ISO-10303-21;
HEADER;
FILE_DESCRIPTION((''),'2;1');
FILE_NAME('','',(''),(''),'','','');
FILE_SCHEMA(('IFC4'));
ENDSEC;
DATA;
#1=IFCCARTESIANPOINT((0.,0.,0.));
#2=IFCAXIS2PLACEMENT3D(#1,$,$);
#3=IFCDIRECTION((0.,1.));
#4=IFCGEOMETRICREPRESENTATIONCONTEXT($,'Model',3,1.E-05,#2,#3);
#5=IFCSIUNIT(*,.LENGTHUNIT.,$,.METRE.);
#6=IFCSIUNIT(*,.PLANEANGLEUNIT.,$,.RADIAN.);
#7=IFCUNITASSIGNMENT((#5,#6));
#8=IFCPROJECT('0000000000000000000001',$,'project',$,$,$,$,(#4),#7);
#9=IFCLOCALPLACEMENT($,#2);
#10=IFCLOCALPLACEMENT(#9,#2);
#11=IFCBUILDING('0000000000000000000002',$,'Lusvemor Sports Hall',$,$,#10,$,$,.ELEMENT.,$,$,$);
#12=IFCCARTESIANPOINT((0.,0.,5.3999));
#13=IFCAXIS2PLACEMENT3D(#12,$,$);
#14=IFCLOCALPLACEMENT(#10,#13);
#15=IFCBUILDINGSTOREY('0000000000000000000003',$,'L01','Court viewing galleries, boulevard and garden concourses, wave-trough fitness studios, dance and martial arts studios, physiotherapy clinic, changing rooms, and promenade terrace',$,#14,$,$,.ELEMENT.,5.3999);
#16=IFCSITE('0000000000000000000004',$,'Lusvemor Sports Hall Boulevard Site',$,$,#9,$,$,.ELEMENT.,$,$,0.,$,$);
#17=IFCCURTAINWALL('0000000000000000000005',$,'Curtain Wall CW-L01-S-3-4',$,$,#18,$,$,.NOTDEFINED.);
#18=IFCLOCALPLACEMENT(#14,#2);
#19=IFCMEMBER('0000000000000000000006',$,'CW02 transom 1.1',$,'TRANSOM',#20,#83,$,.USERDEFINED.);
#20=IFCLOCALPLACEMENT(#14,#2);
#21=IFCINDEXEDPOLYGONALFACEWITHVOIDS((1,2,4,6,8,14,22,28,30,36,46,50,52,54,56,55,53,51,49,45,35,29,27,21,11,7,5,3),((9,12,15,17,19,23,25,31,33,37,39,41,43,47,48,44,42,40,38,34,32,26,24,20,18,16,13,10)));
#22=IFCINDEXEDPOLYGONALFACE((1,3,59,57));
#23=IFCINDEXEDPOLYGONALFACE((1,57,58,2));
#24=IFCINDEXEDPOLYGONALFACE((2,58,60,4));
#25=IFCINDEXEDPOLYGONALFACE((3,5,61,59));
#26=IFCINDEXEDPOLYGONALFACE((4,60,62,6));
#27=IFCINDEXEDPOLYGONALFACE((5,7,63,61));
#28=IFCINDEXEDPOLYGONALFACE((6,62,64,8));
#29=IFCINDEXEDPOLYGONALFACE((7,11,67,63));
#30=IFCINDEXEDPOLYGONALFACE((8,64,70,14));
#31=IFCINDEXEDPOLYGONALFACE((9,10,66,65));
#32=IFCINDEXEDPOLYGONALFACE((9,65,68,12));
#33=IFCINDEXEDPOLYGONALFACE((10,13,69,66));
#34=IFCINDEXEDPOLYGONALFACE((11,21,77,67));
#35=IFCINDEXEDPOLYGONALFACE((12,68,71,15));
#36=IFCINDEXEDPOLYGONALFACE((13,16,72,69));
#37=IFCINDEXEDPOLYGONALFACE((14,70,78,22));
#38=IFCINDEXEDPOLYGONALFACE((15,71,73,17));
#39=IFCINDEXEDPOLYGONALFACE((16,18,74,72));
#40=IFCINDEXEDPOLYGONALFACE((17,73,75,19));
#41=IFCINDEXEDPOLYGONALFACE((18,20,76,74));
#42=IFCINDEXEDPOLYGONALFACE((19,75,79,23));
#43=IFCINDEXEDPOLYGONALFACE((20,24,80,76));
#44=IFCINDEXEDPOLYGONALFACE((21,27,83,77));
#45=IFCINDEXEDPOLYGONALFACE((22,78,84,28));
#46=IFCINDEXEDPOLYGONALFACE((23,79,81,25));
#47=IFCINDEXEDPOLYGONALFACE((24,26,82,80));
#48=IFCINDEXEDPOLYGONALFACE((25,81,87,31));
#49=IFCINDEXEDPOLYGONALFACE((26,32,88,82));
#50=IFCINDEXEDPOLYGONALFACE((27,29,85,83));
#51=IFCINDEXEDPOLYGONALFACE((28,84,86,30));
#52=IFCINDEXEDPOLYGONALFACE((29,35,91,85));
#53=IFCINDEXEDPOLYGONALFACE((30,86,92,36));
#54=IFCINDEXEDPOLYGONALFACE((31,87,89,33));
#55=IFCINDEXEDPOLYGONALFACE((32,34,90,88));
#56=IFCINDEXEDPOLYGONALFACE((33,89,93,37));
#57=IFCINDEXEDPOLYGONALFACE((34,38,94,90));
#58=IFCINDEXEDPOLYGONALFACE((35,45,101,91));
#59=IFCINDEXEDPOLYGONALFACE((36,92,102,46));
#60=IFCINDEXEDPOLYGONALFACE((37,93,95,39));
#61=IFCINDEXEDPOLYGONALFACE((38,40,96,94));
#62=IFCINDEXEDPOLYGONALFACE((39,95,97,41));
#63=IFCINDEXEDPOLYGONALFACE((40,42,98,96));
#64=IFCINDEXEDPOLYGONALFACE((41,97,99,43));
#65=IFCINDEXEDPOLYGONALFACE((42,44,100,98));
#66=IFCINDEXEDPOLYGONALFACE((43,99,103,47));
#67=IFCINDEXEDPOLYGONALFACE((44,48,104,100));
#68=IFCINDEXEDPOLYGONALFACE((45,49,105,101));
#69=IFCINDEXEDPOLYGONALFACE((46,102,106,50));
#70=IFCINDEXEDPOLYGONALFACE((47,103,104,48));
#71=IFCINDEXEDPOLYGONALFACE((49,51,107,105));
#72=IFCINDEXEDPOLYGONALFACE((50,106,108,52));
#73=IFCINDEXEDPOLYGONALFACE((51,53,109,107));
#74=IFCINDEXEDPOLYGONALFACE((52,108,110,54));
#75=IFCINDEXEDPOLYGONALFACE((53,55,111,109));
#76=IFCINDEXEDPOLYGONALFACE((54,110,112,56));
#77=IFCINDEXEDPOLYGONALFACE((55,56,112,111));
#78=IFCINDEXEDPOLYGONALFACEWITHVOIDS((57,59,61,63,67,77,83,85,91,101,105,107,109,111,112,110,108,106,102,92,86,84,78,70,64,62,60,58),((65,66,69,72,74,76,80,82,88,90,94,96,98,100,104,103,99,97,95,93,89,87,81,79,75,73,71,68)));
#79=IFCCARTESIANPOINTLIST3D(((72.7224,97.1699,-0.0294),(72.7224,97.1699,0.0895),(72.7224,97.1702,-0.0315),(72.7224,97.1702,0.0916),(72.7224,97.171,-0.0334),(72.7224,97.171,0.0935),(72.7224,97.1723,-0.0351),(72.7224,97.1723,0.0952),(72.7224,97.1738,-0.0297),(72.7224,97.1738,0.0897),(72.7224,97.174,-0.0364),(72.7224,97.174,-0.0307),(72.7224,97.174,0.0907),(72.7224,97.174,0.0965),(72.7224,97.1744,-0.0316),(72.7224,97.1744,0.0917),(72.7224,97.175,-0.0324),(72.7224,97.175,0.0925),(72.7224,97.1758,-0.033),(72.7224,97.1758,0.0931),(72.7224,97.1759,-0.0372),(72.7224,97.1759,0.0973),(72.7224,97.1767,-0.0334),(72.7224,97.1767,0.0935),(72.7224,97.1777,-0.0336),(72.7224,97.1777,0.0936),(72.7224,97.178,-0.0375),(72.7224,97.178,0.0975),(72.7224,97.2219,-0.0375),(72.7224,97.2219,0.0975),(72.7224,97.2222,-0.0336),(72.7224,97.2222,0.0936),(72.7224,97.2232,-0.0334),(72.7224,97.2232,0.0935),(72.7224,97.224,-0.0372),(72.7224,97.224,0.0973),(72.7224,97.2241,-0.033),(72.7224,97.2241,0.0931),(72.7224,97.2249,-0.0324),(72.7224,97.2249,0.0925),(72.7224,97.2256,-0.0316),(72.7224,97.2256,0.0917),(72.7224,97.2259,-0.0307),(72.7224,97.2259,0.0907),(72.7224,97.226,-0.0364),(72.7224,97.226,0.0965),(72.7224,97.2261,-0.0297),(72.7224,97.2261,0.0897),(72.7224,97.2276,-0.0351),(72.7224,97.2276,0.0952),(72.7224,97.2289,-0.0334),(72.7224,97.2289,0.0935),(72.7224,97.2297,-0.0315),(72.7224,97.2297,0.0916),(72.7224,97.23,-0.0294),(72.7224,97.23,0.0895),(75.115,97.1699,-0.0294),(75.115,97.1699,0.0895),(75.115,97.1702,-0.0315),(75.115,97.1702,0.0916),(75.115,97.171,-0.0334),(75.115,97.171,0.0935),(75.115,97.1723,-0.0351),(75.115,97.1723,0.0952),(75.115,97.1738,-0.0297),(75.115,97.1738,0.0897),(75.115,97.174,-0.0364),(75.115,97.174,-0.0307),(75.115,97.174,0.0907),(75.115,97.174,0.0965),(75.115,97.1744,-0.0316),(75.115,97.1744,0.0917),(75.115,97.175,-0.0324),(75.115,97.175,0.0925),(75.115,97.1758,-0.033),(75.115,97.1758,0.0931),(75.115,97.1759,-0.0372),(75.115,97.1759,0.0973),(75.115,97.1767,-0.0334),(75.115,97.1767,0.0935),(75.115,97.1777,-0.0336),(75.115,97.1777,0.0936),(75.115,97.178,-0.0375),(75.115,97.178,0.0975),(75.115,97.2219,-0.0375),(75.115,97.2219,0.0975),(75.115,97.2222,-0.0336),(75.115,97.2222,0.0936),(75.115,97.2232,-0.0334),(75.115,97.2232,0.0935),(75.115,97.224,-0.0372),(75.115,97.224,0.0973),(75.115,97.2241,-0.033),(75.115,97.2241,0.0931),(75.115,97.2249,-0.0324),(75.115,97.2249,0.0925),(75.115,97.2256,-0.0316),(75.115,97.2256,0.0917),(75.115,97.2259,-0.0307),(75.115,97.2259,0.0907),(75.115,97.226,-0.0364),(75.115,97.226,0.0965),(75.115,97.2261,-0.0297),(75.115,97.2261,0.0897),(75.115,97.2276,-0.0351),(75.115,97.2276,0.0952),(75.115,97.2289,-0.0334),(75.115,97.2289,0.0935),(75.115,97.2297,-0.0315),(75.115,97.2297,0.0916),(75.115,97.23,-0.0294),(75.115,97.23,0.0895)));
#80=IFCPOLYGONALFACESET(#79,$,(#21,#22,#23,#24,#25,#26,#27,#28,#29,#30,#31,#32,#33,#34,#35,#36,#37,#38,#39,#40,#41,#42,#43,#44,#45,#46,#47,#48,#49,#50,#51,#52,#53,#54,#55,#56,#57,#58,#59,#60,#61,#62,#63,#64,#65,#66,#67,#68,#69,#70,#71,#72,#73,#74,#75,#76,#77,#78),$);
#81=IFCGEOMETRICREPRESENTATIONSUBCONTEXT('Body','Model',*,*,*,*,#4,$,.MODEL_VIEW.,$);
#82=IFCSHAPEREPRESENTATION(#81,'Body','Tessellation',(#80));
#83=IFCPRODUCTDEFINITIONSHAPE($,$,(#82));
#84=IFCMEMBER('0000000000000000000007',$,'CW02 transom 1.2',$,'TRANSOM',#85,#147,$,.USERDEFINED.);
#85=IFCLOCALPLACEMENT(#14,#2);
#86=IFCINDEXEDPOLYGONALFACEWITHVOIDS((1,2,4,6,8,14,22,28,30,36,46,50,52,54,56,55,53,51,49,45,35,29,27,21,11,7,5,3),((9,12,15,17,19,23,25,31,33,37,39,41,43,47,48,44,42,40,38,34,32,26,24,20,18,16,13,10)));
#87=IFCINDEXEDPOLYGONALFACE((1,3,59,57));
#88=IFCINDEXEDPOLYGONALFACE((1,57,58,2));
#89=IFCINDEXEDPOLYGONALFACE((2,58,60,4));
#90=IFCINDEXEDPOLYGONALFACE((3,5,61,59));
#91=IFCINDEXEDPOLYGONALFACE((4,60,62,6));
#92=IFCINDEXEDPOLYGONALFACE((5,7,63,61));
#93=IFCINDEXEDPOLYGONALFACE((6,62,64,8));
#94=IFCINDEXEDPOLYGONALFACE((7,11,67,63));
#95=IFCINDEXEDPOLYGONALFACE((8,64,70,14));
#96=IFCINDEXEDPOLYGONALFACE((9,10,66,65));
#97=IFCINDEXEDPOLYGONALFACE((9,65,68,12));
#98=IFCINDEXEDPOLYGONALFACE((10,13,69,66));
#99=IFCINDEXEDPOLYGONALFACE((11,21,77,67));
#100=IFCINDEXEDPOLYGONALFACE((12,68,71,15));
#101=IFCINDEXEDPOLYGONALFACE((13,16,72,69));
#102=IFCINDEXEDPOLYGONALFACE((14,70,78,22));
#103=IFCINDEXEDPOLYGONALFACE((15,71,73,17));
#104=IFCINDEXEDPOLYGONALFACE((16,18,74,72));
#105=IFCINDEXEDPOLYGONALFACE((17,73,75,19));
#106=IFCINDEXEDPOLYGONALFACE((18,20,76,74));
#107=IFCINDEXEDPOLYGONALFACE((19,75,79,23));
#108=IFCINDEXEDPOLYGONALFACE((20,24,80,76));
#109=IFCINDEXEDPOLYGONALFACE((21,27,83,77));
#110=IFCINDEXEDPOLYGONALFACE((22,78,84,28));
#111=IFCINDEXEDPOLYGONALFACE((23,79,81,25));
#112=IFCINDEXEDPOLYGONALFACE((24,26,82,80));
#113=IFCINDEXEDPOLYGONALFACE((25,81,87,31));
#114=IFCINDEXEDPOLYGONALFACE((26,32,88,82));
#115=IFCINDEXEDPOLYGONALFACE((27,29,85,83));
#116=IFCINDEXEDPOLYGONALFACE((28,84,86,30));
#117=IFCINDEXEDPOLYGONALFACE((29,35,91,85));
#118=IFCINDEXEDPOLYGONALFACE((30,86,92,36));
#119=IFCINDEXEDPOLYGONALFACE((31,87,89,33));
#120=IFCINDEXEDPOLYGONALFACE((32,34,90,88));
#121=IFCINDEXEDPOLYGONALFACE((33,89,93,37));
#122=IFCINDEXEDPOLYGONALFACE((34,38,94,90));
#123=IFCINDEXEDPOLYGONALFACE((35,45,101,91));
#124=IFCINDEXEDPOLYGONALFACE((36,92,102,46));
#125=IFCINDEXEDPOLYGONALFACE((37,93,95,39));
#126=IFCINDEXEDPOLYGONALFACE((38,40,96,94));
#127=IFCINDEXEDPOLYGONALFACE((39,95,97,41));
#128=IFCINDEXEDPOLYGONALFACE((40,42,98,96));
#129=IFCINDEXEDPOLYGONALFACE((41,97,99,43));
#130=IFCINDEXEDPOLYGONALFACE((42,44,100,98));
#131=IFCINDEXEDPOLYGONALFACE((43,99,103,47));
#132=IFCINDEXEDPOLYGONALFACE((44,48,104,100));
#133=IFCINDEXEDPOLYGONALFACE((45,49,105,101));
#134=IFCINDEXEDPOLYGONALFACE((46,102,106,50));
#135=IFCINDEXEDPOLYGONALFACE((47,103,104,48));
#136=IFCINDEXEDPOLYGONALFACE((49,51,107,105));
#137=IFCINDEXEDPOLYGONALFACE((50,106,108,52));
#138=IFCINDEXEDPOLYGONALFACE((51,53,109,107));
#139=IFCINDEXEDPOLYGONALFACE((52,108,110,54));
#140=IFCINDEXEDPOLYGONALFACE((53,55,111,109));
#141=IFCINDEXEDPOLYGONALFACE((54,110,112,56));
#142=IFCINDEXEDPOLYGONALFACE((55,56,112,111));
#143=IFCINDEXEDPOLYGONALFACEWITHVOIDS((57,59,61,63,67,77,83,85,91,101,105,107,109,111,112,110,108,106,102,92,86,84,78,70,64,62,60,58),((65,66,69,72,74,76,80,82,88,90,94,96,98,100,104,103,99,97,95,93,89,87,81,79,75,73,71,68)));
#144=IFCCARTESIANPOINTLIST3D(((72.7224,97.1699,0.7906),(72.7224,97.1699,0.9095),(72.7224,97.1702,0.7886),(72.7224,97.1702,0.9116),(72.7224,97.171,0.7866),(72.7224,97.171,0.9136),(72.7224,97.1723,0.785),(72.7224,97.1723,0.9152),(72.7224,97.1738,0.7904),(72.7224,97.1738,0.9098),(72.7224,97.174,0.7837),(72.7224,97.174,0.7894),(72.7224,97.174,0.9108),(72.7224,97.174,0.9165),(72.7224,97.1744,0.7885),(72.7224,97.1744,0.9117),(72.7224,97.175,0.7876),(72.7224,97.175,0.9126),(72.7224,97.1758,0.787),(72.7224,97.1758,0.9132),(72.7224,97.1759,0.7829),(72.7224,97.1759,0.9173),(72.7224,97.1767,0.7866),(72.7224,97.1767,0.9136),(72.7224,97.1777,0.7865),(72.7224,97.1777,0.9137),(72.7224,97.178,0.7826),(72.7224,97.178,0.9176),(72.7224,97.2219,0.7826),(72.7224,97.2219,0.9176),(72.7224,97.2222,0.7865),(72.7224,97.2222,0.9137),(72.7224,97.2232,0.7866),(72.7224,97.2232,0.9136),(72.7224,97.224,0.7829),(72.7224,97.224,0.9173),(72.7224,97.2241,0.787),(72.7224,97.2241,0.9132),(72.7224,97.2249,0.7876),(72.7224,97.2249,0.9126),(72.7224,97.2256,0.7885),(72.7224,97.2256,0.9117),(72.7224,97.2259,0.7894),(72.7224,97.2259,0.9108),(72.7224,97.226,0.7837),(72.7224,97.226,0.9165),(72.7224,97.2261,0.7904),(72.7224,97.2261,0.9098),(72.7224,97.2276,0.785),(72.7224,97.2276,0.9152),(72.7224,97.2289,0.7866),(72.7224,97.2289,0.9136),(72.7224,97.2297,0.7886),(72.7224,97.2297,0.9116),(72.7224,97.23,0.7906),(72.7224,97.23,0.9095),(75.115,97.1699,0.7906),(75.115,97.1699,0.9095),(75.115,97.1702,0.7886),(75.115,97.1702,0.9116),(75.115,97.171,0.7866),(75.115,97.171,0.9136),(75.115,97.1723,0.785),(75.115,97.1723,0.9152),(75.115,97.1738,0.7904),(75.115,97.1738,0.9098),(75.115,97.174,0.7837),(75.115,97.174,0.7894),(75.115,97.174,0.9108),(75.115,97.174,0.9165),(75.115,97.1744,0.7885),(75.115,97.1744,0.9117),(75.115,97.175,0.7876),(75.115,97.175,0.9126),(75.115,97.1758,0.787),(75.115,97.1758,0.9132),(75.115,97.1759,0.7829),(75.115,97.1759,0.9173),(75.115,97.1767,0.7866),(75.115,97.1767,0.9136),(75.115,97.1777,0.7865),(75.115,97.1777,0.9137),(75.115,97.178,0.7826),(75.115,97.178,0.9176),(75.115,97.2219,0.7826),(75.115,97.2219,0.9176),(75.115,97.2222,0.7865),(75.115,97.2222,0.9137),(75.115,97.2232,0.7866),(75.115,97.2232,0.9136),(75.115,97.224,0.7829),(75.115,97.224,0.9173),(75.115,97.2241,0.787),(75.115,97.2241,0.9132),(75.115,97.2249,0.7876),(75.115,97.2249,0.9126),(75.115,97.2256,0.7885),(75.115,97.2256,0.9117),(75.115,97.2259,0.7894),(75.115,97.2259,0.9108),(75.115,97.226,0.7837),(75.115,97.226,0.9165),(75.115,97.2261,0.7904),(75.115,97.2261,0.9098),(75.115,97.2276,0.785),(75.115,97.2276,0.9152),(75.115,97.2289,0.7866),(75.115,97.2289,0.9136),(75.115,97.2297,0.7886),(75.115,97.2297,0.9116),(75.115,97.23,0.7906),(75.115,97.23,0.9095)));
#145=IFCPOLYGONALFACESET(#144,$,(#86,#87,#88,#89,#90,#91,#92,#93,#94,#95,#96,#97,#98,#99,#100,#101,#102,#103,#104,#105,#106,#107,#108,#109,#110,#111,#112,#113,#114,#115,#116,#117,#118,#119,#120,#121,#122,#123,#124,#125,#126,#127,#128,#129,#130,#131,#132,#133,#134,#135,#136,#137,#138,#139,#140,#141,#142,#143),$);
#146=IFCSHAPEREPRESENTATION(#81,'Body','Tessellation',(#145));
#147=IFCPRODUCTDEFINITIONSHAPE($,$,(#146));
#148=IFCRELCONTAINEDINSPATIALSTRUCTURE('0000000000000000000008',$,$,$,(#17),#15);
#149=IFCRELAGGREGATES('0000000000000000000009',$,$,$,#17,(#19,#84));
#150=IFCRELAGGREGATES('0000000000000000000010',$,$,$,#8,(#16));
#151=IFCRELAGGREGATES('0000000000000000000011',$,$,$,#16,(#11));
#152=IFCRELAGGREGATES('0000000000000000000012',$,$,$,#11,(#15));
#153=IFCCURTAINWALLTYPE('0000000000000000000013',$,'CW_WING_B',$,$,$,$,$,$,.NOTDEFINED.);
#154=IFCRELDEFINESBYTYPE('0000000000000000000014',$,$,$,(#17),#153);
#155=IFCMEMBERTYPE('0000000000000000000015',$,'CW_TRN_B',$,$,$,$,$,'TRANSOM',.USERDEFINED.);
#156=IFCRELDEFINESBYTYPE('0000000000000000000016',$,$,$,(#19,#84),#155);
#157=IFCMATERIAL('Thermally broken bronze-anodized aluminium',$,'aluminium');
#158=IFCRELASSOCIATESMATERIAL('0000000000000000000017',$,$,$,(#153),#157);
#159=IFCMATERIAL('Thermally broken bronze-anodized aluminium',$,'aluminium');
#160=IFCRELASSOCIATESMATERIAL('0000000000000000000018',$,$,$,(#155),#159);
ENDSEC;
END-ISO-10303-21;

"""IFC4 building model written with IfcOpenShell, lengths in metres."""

from ifc_helpers import new_model, si_unit, direction, frame, origin, origin_2d, place, context, subcontext, project, spatial, hollow_rectangle, extrude, material, material_profile, profile_set, type_object, element, aggregate, save


model = new_model("IFC4")

# Units and contexts
model_context = context("Model", 3, precision=1e-05, world=origin(), true_north=direction((0.0, 1.0)))
body_context = subcontext(model_context, "Body", "Model", "MODEL_VIEW")
ifc_project = project(units=[si_unit("LENGTHUNIT", "METRE"), si_unit("PLANEANGLEUNIT", "RADIAN")], contexts=[model_context])

# Site, building, storey
site_placement = place(None, origin())
site = spatial("IfcSite", under=ifc_project, at=site_placement, Name="Lusvemor Sports Hall Boulevard Site", CompositionType="ELEMENT", RefElevation=0.0)
building_placement = place(site_placement, origin())
building = spatial("IfcBuilding", under=site, at=building_placement, Name="Lusvemor Sports Hall", CompositionType="ELEMENT")
storey_placement = place(building_placement, frame((0.0, 0.0, 5.3999)))
storey = spatial("IfcBuildingStorey", under=building, at=storey_placement, Name="L01", Description="Court viewing galleries, boulevard and garden concourses, wave-trough fitness studios, dance and martial arts studios, physiotherapy clinic, changing rooms, and promenade terrace", CompositionType="ELEMENT", Elevation=5.3999)

# Curtain wall
ifc_material_1 = material(Name="Thermally broken bronze-anodized aluminium", Category="aluminium")
curtain_wall_type = type_object("IfcCurtainWallType", Name="CW_WING_B", PredefinedType="NOTDEFINED", material=ifc_material_1)
curtain_wall_1_placement = place(storey_placement, origin())
curtain_wall_1 = element("IfcCurtainWall", 1, at=curtain_wall_1_placement, inside=storey, type_object=curtain_wall_type, Name="Curtain Wall CW-L01-S-3-4", PredefinedType="NOTDEFINED")

# Members
ifc_material_2 = material(Name="Thermally broken bronze-anodized aluminium", Category="aluminium")
ifc_material_profile_1 = material_profile(ifc_material_2, hollow_rectangle(XDim=0.0601, YDim=0.135, WallThickness=0.0039, InnerFilletRadius=0.0039, OuterFilletRadius=0.0081, at=origin_2d()), Name="CWTRN135x60x4")
ifc_profile_set_1 = profile_set([ifc_material_profile_1], Name="Thermally broken bronze-anodized aluminium")
member_type_1 = type_object("IfcMemberType", Name="CW_TRN_B", ElementType="TRANSOM", PredefinedType="USERDEFINED", material=ifc_profile_set_1)
member_1_placement = place(storey_placement, frame((75.115, 97.2, 0.03), z_axis=(-1.0, 0.0, 0.0), x_axis=(0.0, -1.0, 0.0)))
member_1 = element("IfcMember", 2, at=member_1_placement, type_object=member_type_1, Name="CW02 transom 1.1", ObjectType="TRANSOM", PredefinedType="USERDEFINED", context=body_context, shape_type="SweptSolid", body=[
    extrude(hollow_rectangle(XDim=0.0601, YDim=0.135, WallThickness=0.0039, InnerFilletRadius=0.0039, OuterFilletRadius=0.0081, at=origin_2d()), origin(), (0.0, 0.0, 1.0), 2.3926),
])
member_2_placement = place(storey_placement, frame((75.115, 97.2, 0.8501), z_axis=(-1.0, 0.0, 0.0), x_axis=(0.0, -1.0, 0.0)))
member_2 = element("IfcMember", 3, at=member_2_placement, type_object=member_type_1, Name="CW02 transom 1.2", ObjectType="TRANSOM", PredefinedType="USERDEFINED", context=body_context, shape_type="SweptSolid", body=[
    extrude(hollow_rectangle(XDim=0.0601, YDim=0.135, WallThickness=0.0039, InnerFilletRadius=0.0039, OuterFilletRadius=0.0081, at=origin_2d()), origin(), (0.0, 0.0, 1.0), 2.3926),
])

aggregate(curtain_wall_1, [member_1, member_2])

save(model, "model.ifc")
